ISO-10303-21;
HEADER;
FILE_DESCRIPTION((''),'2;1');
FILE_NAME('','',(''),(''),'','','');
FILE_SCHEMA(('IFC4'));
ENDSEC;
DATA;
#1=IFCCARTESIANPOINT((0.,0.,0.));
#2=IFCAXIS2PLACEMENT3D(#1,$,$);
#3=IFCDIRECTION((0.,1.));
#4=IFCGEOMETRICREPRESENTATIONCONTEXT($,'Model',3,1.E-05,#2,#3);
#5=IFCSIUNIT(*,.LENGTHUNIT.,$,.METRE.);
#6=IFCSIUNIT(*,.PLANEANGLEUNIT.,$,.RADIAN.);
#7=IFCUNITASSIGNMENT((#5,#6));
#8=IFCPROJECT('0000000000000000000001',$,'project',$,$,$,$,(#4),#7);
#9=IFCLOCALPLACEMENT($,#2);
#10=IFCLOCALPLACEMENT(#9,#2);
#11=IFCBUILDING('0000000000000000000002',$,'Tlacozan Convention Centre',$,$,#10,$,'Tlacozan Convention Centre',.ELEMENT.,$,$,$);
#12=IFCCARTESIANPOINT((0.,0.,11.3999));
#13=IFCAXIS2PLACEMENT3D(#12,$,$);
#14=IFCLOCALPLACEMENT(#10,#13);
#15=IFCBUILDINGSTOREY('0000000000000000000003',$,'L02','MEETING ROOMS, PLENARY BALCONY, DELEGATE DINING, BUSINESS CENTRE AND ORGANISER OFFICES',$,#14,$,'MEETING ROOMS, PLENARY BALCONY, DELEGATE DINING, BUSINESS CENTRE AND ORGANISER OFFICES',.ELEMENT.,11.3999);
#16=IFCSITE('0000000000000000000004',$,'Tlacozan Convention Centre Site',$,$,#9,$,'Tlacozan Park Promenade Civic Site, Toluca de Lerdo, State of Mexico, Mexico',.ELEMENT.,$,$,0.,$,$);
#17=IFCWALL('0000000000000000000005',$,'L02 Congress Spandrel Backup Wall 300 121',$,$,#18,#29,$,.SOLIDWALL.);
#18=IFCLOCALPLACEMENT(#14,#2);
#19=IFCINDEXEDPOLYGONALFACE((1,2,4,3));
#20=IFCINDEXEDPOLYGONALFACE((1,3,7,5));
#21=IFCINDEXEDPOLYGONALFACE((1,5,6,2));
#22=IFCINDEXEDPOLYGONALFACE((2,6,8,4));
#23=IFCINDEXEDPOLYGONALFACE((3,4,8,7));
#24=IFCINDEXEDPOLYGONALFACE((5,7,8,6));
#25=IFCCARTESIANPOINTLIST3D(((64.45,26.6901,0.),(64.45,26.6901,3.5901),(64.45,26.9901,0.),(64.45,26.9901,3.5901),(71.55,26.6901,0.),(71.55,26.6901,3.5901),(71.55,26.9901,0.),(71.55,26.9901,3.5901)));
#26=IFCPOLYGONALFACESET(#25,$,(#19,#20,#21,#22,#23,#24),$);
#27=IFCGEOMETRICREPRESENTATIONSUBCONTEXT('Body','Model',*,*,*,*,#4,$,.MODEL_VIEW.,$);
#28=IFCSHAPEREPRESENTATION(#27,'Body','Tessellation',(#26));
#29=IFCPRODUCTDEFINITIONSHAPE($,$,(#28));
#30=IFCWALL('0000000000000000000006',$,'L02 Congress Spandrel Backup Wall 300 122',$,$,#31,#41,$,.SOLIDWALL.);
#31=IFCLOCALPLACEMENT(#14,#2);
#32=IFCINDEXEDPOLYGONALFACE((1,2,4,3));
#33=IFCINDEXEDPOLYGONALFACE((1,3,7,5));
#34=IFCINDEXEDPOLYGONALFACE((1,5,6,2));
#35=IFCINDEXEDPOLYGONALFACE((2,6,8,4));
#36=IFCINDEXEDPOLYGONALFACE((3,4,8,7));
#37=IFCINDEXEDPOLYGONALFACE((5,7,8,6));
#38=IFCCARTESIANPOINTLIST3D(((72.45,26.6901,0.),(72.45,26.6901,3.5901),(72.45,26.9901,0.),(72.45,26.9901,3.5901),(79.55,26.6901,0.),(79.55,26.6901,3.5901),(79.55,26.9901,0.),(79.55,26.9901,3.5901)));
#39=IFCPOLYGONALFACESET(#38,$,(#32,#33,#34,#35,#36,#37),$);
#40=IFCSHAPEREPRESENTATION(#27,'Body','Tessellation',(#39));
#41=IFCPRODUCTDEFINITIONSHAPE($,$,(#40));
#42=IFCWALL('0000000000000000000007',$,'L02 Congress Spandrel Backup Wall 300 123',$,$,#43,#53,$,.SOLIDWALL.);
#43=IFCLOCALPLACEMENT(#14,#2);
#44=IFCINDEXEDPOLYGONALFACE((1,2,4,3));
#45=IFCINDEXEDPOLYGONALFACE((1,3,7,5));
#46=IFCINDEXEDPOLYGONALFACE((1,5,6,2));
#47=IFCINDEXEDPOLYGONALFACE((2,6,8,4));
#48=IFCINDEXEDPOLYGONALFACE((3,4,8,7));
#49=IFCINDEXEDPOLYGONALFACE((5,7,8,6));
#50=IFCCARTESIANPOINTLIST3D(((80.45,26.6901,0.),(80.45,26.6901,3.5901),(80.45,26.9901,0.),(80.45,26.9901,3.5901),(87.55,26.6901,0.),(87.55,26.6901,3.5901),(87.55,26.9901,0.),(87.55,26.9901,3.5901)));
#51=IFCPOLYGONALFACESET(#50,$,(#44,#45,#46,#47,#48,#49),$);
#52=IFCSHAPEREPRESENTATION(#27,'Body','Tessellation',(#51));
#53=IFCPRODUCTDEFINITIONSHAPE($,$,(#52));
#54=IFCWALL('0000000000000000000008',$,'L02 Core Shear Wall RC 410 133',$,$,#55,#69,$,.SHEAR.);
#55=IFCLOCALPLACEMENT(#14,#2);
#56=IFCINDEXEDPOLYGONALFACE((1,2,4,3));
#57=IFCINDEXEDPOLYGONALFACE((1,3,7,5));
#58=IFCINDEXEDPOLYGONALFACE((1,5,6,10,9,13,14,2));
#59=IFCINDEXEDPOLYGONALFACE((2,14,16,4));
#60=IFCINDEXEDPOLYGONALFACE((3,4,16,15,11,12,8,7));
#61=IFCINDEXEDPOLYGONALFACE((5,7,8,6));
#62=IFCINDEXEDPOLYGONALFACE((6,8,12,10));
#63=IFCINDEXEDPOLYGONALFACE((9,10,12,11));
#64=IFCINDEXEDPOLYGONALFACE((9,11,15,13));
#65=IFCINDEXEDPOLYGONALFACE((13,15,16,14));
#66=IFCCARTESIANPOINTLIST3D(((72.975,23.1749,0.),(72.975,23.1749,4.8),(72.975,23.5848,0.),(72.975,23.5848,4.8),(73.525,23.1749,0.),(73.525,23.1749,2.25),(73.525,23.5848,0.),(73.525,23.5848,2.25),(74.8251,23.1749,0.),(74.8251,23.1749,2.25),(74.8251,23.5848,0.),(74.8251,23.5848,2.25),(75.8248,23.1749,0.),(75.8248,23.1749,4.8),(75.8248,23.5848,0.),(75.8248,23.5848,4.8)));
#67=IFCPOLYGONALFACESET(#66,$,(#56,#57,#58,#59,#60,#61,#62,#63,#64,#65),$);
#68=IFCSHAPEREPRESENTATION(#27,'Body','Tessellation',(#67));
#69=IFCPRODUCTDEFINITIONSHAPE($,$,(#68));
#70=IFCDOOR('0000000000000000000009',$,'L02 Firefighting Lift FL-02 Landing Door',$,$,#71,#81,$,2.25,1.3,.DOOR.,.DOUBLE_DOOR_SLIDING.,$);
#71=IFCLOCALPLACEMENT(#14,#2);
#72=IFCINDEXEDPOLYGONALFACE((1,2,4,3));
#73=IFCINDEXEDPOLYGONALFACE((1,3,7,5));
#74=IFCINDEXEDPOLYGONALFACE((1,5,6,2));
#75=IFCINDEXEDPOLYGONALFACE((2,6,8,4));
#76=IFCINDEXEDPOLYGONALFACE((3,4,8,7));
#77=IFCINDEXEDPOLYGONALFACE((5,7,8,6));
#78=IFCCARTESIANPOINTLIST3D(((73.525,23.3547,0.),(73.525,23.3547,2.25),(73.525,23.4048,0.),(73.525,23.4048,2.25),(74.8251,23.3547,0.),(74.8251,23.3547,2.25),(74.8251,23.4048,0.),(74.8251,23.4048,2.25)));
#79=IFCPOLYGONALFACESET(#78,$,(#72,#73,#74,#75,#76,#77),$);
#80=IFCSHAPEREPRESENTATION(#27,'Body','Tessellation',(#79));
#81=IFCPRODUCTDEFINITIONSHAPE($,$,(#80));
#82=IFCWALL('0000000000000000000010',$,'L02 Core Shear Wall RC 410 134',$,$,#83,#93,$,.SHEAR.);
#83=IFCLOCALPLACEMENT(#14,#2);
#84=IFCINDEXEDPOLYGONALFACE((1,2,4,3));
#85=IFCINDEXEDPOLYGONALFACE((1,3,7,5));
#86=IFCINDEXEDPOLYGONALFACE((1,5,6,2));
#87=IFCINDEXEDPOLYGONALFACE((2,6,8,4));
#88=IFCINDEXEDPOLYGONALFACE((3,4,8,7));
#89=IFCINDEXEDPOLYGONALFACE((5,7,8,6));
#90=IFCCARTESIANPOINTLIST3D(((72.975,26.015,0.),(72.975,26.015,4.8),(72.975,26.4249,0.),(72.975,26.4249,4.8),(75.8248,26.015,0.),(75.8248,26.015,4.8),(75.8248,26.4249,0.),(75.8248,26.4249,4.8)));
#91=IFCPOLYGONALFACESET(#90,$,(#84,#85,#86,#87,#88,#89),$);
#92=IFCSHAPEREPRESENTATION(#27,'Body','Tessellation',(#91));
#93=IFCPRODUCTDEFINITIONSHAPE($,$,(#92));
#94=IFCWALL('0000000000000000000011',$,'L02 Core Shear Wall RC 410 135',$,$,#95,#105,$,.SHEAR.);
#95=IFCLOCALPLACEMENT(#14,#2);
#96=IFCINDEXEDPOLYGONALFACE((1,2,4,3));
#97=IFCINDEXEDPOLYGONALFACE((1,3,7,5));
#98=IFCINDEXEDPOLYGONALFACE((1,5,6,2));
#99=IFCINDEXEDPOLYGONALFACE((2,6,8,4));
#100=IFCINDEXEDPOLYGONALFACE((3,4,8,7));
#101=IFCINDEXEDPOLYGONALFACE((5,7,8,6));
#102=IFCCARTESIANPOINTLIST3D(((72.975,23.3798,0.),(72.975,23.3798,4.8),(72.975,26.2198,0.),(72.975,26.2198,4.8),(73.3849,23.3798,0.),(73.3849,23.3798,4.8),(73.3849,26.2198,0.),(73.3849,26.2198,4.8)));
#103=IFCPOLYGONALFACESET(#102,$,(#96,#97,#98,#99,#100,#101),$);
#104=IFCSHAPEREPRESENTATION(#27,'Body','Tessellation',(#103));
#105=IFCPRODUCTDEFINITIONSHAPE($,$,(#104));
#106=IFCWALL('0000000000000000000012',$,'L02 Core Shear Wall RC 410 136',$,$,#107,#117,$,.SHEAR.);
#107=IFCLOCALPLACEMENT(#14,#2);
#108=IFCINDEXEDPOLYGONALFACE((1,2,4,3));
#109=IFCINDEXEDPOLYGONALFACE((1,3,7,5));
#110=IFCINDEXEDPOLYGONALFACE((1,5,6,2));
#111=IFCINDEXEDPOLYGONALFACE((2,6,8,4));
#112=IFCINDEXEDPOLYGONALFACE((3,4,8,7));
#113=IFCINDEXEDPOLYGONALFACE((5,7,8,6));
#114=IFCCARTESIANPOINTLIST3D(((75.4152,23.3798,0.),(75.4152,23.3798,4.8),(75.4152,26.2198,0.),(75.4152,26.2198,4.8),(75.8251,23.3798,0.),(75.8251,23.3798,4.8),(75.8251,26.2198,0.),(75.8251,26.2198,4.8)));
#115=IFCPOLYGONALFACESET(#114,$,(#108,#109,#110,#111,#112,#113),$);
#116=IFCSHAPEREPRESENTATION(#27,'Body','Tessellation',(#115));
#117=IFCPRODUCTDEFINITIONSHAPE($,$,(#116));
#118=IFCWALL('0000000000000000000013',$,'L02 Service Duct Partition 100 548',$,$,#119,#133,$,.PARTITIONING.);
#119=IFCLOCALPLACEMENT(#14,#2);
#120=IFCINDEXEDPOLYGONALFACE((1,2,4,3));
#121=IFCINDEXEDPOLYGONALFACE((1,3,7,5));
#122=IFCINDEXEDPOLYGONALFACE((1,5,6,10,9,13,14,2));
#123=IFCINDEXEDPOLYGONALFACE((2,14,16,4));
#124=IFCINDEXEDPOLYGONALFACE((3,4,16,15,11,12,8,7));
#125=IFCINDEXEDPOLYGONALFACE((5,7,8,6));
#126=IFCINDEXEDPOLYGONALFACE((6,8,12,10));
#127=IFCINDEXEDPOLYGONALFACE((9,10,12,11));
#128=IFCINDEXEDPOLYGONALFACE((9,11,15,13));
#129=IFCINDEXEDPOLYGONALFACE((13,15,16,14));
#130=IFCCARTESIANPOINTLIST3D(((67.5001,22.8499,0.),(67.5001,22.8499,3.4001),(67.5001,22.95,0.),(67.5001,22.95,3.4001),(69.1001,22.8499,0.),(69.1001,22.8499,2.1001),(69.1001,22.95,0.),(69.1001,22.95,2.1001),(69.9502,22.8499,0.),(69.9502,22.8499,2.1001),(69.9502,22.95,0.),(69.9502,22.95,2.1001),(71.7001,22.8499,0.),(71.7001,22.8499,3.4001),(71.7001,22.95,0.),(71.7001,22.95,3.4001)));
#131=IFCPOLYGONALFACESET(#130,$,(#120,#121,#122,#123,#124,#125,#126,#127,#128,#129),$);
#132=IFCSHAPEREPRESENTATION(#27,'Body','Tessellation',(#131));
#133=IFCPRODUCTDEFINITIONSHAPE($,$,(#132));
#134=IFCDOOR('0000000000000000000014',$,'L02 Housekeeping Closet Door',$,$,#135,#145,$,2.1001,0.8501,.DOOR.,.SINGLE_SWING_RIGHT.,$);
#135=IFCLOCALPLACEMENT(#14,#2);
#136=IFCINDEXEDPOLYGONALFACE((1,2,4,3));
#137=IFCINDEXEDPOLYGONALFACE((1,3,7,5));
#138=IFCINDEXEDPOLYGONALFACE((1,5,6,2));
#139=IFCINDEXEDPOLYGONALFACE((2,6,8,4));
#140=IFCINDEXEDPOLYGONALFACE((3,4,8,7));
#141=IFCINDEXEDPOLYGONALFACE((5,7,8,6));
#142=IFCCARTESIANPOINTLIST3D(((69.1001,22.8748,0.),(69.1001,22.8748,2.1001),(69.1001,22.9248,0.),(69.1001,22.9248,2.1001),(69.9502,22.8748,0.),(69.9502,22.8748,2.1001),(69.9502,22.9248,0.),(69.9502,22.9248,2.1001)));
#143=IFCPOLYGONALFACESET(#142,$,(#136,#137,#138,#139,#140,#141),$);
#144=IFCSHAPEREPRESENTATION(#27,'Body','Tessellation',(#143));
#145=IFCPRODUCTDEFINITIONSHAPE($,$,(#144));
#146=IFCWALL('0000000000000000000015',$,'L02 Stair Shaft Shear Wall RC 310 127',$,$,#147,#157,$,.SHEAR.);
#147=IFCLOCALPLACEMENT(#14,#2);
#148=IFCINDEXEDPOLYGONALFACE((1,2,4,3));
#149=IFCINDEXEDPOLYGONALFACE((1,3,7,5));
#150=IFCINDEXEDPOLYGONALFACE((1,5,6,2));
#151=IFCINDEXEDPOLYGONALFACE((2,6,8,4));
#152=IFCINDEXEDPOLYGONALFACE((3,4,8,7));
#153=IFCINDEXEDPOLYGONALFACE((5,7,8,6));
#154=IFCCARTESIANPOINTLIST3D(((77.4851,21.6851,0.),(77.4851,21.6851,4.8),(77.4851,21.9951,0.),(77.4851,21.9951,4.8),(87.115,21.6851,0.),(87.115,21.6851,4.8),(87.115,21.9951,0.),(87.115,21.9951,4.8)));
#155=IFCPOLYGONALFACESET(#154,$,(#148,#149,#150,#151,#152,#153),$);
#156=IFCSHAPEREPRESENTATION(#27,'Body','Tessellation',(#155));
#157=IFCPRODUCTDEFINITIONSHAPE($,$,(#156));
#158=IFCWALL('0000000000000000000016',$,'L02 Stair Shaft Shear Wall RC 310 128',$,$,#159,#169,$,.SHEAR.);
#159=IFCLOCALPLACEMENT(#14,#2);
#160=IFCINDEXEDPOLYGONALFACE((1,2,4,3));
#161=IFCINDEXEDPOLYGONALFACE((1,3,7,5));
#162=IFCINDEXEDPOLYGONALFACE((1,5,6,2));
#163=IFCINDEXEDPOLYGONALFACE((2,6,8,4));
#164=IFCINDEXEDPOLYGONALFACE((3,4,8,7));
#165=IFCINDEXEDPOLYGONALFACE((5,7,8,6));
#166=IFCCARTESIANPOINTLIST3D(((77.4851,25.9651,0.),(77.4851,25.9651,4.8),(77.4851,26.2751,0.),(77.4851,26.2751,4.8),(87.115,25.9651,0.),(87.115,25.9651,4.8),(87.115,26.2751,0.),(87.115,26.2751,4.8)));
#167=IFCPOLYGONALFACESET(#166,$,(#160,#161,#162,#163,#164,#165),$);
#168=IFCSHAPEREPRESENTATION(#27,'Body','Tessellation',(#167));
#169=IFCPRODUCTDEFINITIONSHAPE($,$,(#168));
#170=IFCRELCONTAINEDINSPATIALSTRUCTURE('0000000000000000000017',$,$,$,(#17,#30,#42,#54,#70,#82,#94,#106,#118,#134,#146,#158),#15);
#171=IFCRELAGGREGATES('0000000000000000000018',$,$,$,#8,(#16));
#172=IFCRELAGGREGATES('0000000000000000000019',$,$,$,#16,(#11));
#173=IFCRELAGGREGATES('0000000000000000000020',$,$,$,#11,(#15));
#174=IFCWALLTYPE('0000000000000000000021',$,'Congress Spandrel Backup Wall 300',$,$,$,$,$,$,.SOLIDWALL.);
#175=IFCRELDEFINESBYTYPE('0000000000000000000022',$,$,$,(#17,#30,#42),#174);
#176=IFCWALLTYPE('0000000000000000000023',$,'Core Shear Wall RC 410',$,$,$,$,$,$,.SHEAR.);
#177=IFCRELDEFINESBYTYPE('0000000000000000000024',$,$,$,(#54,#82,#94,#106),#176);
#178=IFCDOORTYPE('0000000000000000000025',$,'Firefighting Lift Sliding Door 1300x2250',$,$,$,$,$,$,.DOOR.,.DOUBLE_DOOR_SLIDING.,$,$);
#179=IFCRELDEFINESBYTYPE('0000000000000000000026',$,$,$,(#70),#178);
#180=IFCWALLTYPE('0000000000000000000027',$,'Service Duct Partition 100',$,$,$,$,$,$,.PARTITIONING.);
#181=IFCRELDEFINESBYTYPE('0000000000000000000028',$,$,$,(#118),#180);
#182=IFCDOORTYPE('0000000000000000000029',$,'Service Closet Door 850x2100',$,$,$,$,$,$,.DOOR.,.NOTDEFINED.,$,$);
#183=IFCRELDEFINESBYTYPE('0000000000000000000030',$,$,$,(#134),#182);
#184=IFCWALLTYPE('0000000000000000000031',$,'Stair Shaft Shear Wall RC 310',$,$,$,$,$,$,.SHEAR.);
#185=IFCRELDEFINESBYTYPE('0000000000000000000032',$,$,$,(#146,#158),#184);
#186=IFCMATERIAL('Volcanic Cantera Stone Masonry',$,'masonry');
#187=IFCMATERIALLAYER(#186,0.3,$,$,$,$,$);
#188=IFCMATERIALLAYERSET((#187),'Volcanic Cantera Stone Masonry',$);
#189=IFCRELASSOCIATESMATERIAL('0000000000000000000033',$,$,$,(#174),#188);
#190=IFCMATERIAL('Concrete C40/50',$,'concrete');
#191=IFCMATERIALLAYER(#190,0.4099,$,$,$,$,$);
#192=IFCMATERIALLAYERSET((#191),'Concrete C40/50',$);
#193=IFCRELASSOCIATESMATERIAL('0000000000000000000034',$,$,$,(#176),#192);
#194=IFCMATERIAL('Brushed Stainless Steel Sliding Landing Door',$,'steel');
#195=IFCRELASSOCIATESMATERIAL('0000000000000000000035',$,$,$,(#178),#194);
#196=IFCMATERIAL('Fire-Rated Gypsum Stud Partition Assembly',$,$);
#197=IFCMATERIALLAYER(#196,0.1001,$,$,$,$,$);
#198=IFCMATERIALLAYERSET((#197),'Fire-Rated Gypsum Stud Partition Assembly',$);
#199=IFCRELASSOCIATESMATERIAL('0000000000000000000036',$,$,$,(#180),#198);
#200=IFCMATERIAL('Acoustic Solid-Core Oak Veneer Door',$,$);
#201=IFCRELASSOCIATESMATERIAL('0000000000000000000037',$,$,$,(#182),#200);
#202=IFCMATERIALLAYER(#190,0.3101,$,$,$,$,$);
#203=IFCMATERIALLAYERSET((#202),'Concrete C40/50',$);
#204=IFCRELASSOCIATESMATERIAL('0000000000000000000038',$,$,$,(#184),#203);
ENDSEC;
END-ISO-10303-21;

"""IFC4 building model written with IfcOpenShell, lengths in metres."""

from ifc_helpers import new_model, si_unit, direction, frame, frame_2d, origin, place, context, subcontext, project, spatial, rectangle, extrude, material, layer, layer_set, type_object, element, fill, save


model = new_model("IFC4")

# Units and contexts
model_context = context("Model", 3, precision=1e-05, world=origin(), true_north=direction((0.0, 1.0)))
body_context = subcontext(model_context, "Body", "Model", "MODEL_VIEW")
ifc_project = project(units=[si_unit("LENGTHUNIT", "METRE"), si_unit("PLANEANGLEUNIT", "RADIAN")], contexts=[model_context])

# Site, building, storey
site_placement = place(None, origin())
site = spatial("IfcSite", under=ifc_project, at=site_placement, Name="Tlacozan Convention Centre Site", LongName="Tlacozan Park Promenade Civic Site, Toluca de Lerdo, State of Mexico, Mexico", CompositionType="ELEMENT", RefElevation=0.0)
building_placement = place(site_placement, origin())
building = spatial("IfcBuilding", under=site, at=building_placement, Name="Tlacozan Convention Centre", LongName="Tlacozan Convention Centre", CompositionType="ELEMENT")
storey_placement = place(building_placement, frame((0.0, 0.0, 11.3999)))
storey = spatial("IfcBuildingStorey", under=building, at=storey_placement, Name="L02", Description="MEETING ROOMS, PLENARY BALCONY, DELEGATE DINING, BUSINESS CENTRE AND ORGANISER OFFICES", LongName="MEETING ROOMS, PLENARY BALCONY, DELEGATE DINING, BUSINESS CENTRE AND ORGANISER OFFICES", CompositionType="ELEMENT", Elevation=11.3999)

# Shared definitions
ifc_material_1 = material(Name="Concrete C40/50", Category="concrete")

# Walls
ifc_material_2 = material(Name="Volcanic Cantera Stone Masonry", Category="masonry")
ifc_layer_1 = layer(ifc_material_2, 0.3)
ifc_layer_set_1 = layer_set([ifc_layer_1], Name="Volcanic Cantera Stone Masonry")
wall_type_1 = type_object("IfcWallType", Name="Congress Spandrel Backup Wall 300", PredefinedType="SOLIDWALL", material=ifc_layer_set_1)
for number, where, z_axis, x_axis, name in (
    (1, (64.45, 26.8401, 0.0), (0.0, 0.0, 1.0), (1.0, 0.0, 0.0), "L02 Congress Spandrel Backup Wall 300 121"),
    (2, (72.45, 26.8401, 0.0), (0.0, 0.0, 1.0), (1.0, 0.0, 0.0), "L02 Congress Spandrel Backup Wall 300 122"),
    (3, (80.45, 26.8401, 0.0), (0.0, 0.0, 1.0), (1.0, 0.0, 0.0), "L02 Congress Spandrel Backup Wall 300 123"),
):
    element("IfcWall", number, at=place(storey_placement, frame(where, z_axis=z_axis, x_axis=x_axis)), inside=storey, type_object=wall_type_1, Name=name, PredefinedType="SOLIDWALL", context=body_context, shape_type="SweptSolid", body=[
        extrude(rectangle(XDim=7.1001, YDim=0.3, at=frame_2d((3.55, 0.0))), origin(), (0.0, 0.0, 1.0), 3.5901),
    ])

# Wall, opening, door
ifc_layer_2 = layer(ifc_material_1, 0.4099)
ifc_layer_set_2 = layer_set([ifc_layer_2], Name="Concrete C40/50")
wall_type_2 = type_object("IfcWallType", Name="Core Shear Wall RC 410", PredefinedType="SHEAR", material=ifc_layer_set_2)
wall_1_placement = place(storey_placement, frame((72.9751, 23.3799, 0.0), z_axis=(0.0, 0.0, 1.0), x_axis=(1.0, 0.0, 0.0)))
wall_1 = element("IfcWall", 4, at=wall_1_placement, inside=storey, type_object=wall_type_2, Name="L02 Core Shear Wall RC 410 133", PredefinedType="SHEAR", context=body_context, shape_type="SweptSolid", body=[
    extrude(rectangle(XDim=2.8499, YDim=0.4099, at=frame_2d((1.4248, 0.0))), origin(), (0.0, 0.0, 1.0), 4.8),
])
opening_1_placement = place(wall_1_placement, frame((0.55, 0.0, 0.0)))
opening_1 = element("IfcOpeningElement", 5, at=opening_1_placement, cuts=wall_1, PredefinedType="OPENING", context=body_context, shape_type="SweptSolid", body=[
    extrude(rectangle(XDim=1.3, YDim=2.25, at=frame_2d((0.6499, 1.125))), frame((0.0, 0.2148, 0.0), z_axis=(0.0, -1.0, 0.0), x_axis=(1.0, 0.0, 0.0)), (0.0, 0.0, 1.0), 0.4299),
])
ifc_material_3 = material(Name="Brushed Stainless Steel Sliding Landing Door", Category="steel")
door_type_1 = type_object("IfcDoorType", Name="Firefighting Lift Sliding Door 1300x2250", OperationType="DOUBLE_DOOR_SLIDING", PredefinedType="DOOR", material=ifc_material_3)
door_1_placement = place(opening_1_placement, origin())
door_1 = element("IfcDoor", 6, at=door_1_placement, inside=storey, type_object=door_type_1, Name="L02 Firefighting Lift FL-02 Landing Door", OperationType="DOUBLE_DOOR_SLIDING", OverallHeight=2.25, OverallWidth=1.3, PredefinedType="DOOR", context=body_context, shape_type="SweptSolid", body=[
    extrude(rectangle(XDim=1.3, YDim=2.25, at=frame_2d((0.6499, 1.125))), frame((0.0, 0.0249, 0.0), z_axis=(0.0, -1.0, 0.0), x_axis=(1.0, 0.0, 0.0)), (0.0, 0.0, 1.0), 0.05),
])
fill(opening_1, door_1)

# Walls
wall_2_placement = place(storey_placement, frame((72.9751, 26.22, 0.0), z_axis=(0.0, 0.0, 1.0), x_axis=(1.0, 0.0, 0.0)))
element("IfcWall", 7, at=wall_2_placement, inside=storey, type_object=wall_type_2, Name="L02 Core Shear Wall RC 410 134", PredefinedType="SHEAR", context=body_context, shape_type="SweptSolid", body=[
    extrude(rectangle(XDim=2.8499, YDim=0.4099, at=frame_2d((1.4248, 0.0))), origin(), (0.0, 0.0, 1.0), 4.8),
])
for number, where, z_axis, x_axis, name in (
    (8, (73.1799, 23.3799, 0.0), (0.0, 0.0, 1.0), (0.0, 1.0, 0.0), "L02 Core Shear Wall RC 410 135"),
    (9, (75.6201, 23.3799, 0.0), (0.0, 0.0, 1.0), (0.0, 1.0, 0.0), "L02 Core Shear Wall RC 410 136"),
):
    element("IfcWall", number, at=place(storey_placement, frame(where, z_axis=z_axis, x_axis=x_axis)), inside=storey, type_object=wall_type_2, Name=name, PredefinedType="SHEAR", context=body_context, shape_type="SweptSolid", body=[
        extrude(rectangle(XDim=2.8401, YDim=0.4099, at=frame_2d((1.4199, 0.0))), origin(), (0.0, 0.0, 1.0), 4.8),
    ])

# Wall, opening, door
ifc_material_4 = material(Name="Fire-Rated Gypsum Stud Partition Assembly")
ifc_layer_3 = layer(ifc_material_4, 0.1001)
ifc_layer_set_3 = layer_set([ifc_layer_3], Name="Fire-Rated Gypsum Stud Partition Assembly")
wall_type_3 = type_object("IfcWallType", Name="Service Duct Partition 100", PredefinedType="PARTITIONING", material=ifc_layer_set_3)
wall_3_placement = place(storey_placement, frame((67.5, 22.8999, 0.0), z_axis=(0.0, 0.0, 1.0), x_axis=(1.0, 0.0, 0.0)))
wall_3 = element("IfcWall", 10, at=wall_3_placement, inside=storey, type_object=wall_type_3, Name="L02 Service Duct Partition 100 548", PredefinedType="PARTITIONING", context=body_context, shape_type="SweptSolid", body=[
    extrude(rectangle(XDim=4.2, YDim=0.1001, at=frame_2d((2.1001, 0.0))), origin(), (0.0, 0.0, 1.0), 3.4001),
])
opening_2_placement = place(wall_3_placement, frame((1.6001, 0.0, 0.0)))
opening_2 = element("IfcOpeningElement", 11, at=opening_2_placement, cuts=wall_3, PredefinedType="OPENING", context=body_context, shape_type="SweptSolid", body=[
    extrude(rectangle(XDim=0.8501, YDim=2.1001, at=frame_2d((0.425, 1.05))), frame((0.0, 0.0601, 0.0), z_axis=(0.0, -1.0, 0.0), x_axis=(1.0, 0.0, 0.0)), (0.0, 0.0, 1.0), 0.1201),
])
ifc_material_5 = material(Name="Acoustic Solid-Core Oak Veneer Door")
door_type_2 = type_object("IfcDoorType", Name="Service Closet Door 850x2100", OperationType="NOTDEFINED", PredefinedType="DOOR", material=ifc_material_5)
door_2_placement = place(opening_2_placement, origin())
door_2 = element("IfcDoor", 12, at=door_2_placement, inside=storey, type_object=door_type_2, Name="L02 Housekeeping Closet Door", OperationType="SINGLE_SWING_RIGHT", OverallHeight=2.1001, OverallWidth=0.8501, PredefinedType="DOOR", context=body_context, shape_type="SweptSolid", body=[
    extrude(rectangle(XDim=0.8501, YDim=2.1001, at=frame_2d((0.425, 1.05))), frame((0.0, 0.0249, 0.0), z_axis=(0.0, -1.0, 0.0), x_axis=(1.0, 0.0, 0.0)), (0.0, 0.0, 1.0), 0.05),
])
fill(opening_2, door_2)

# Walls
ifc_layer_4 = layer(ifc_material_1, 0.3101)
ifc_layer_set_4 = layer_set([ifc_layer_4], Name="Concrete C40/50")
wall_type_4 = type_object("IfcWallType", Name="Stair Shaft Shear Wall RC 310", PredefinedType="SHEAR", material=ifc_layer_set_4)
for number, where, z_axis, x_axis, name in (
    (13, (77.4851, 21.8401, 0.0), (0.0, 0.0, 1.0), (1.0, 0.0, 0.0), "L02 Stair Shaft Shear Wall RC 310 127"),
    (14, (77.4851, 26.1201, 0.0), (0.0, 0.0, 1.0), (1.0, 0.0, 0.0), "L02 Stair Shaft Shear Wall RC 310 128"),
):
    element("IfcWall", number, at=place(storey_placement, frame(where, z_axis=z_axis, x_axis=x_axis)), inside=storey, type_object=wall_type_4, Name=name, PredefinedType="SHEAR", context=body_context, shape_type="SweptSolid", body=[
        extrude(rectangle(XDim=9.6299, YDim=0.3101, at=frame_2d((4.8149, 0.0))), origin(), (0.0, 0.0, 1.0), 4.8),
    ])

save(model, "model.ifc")
